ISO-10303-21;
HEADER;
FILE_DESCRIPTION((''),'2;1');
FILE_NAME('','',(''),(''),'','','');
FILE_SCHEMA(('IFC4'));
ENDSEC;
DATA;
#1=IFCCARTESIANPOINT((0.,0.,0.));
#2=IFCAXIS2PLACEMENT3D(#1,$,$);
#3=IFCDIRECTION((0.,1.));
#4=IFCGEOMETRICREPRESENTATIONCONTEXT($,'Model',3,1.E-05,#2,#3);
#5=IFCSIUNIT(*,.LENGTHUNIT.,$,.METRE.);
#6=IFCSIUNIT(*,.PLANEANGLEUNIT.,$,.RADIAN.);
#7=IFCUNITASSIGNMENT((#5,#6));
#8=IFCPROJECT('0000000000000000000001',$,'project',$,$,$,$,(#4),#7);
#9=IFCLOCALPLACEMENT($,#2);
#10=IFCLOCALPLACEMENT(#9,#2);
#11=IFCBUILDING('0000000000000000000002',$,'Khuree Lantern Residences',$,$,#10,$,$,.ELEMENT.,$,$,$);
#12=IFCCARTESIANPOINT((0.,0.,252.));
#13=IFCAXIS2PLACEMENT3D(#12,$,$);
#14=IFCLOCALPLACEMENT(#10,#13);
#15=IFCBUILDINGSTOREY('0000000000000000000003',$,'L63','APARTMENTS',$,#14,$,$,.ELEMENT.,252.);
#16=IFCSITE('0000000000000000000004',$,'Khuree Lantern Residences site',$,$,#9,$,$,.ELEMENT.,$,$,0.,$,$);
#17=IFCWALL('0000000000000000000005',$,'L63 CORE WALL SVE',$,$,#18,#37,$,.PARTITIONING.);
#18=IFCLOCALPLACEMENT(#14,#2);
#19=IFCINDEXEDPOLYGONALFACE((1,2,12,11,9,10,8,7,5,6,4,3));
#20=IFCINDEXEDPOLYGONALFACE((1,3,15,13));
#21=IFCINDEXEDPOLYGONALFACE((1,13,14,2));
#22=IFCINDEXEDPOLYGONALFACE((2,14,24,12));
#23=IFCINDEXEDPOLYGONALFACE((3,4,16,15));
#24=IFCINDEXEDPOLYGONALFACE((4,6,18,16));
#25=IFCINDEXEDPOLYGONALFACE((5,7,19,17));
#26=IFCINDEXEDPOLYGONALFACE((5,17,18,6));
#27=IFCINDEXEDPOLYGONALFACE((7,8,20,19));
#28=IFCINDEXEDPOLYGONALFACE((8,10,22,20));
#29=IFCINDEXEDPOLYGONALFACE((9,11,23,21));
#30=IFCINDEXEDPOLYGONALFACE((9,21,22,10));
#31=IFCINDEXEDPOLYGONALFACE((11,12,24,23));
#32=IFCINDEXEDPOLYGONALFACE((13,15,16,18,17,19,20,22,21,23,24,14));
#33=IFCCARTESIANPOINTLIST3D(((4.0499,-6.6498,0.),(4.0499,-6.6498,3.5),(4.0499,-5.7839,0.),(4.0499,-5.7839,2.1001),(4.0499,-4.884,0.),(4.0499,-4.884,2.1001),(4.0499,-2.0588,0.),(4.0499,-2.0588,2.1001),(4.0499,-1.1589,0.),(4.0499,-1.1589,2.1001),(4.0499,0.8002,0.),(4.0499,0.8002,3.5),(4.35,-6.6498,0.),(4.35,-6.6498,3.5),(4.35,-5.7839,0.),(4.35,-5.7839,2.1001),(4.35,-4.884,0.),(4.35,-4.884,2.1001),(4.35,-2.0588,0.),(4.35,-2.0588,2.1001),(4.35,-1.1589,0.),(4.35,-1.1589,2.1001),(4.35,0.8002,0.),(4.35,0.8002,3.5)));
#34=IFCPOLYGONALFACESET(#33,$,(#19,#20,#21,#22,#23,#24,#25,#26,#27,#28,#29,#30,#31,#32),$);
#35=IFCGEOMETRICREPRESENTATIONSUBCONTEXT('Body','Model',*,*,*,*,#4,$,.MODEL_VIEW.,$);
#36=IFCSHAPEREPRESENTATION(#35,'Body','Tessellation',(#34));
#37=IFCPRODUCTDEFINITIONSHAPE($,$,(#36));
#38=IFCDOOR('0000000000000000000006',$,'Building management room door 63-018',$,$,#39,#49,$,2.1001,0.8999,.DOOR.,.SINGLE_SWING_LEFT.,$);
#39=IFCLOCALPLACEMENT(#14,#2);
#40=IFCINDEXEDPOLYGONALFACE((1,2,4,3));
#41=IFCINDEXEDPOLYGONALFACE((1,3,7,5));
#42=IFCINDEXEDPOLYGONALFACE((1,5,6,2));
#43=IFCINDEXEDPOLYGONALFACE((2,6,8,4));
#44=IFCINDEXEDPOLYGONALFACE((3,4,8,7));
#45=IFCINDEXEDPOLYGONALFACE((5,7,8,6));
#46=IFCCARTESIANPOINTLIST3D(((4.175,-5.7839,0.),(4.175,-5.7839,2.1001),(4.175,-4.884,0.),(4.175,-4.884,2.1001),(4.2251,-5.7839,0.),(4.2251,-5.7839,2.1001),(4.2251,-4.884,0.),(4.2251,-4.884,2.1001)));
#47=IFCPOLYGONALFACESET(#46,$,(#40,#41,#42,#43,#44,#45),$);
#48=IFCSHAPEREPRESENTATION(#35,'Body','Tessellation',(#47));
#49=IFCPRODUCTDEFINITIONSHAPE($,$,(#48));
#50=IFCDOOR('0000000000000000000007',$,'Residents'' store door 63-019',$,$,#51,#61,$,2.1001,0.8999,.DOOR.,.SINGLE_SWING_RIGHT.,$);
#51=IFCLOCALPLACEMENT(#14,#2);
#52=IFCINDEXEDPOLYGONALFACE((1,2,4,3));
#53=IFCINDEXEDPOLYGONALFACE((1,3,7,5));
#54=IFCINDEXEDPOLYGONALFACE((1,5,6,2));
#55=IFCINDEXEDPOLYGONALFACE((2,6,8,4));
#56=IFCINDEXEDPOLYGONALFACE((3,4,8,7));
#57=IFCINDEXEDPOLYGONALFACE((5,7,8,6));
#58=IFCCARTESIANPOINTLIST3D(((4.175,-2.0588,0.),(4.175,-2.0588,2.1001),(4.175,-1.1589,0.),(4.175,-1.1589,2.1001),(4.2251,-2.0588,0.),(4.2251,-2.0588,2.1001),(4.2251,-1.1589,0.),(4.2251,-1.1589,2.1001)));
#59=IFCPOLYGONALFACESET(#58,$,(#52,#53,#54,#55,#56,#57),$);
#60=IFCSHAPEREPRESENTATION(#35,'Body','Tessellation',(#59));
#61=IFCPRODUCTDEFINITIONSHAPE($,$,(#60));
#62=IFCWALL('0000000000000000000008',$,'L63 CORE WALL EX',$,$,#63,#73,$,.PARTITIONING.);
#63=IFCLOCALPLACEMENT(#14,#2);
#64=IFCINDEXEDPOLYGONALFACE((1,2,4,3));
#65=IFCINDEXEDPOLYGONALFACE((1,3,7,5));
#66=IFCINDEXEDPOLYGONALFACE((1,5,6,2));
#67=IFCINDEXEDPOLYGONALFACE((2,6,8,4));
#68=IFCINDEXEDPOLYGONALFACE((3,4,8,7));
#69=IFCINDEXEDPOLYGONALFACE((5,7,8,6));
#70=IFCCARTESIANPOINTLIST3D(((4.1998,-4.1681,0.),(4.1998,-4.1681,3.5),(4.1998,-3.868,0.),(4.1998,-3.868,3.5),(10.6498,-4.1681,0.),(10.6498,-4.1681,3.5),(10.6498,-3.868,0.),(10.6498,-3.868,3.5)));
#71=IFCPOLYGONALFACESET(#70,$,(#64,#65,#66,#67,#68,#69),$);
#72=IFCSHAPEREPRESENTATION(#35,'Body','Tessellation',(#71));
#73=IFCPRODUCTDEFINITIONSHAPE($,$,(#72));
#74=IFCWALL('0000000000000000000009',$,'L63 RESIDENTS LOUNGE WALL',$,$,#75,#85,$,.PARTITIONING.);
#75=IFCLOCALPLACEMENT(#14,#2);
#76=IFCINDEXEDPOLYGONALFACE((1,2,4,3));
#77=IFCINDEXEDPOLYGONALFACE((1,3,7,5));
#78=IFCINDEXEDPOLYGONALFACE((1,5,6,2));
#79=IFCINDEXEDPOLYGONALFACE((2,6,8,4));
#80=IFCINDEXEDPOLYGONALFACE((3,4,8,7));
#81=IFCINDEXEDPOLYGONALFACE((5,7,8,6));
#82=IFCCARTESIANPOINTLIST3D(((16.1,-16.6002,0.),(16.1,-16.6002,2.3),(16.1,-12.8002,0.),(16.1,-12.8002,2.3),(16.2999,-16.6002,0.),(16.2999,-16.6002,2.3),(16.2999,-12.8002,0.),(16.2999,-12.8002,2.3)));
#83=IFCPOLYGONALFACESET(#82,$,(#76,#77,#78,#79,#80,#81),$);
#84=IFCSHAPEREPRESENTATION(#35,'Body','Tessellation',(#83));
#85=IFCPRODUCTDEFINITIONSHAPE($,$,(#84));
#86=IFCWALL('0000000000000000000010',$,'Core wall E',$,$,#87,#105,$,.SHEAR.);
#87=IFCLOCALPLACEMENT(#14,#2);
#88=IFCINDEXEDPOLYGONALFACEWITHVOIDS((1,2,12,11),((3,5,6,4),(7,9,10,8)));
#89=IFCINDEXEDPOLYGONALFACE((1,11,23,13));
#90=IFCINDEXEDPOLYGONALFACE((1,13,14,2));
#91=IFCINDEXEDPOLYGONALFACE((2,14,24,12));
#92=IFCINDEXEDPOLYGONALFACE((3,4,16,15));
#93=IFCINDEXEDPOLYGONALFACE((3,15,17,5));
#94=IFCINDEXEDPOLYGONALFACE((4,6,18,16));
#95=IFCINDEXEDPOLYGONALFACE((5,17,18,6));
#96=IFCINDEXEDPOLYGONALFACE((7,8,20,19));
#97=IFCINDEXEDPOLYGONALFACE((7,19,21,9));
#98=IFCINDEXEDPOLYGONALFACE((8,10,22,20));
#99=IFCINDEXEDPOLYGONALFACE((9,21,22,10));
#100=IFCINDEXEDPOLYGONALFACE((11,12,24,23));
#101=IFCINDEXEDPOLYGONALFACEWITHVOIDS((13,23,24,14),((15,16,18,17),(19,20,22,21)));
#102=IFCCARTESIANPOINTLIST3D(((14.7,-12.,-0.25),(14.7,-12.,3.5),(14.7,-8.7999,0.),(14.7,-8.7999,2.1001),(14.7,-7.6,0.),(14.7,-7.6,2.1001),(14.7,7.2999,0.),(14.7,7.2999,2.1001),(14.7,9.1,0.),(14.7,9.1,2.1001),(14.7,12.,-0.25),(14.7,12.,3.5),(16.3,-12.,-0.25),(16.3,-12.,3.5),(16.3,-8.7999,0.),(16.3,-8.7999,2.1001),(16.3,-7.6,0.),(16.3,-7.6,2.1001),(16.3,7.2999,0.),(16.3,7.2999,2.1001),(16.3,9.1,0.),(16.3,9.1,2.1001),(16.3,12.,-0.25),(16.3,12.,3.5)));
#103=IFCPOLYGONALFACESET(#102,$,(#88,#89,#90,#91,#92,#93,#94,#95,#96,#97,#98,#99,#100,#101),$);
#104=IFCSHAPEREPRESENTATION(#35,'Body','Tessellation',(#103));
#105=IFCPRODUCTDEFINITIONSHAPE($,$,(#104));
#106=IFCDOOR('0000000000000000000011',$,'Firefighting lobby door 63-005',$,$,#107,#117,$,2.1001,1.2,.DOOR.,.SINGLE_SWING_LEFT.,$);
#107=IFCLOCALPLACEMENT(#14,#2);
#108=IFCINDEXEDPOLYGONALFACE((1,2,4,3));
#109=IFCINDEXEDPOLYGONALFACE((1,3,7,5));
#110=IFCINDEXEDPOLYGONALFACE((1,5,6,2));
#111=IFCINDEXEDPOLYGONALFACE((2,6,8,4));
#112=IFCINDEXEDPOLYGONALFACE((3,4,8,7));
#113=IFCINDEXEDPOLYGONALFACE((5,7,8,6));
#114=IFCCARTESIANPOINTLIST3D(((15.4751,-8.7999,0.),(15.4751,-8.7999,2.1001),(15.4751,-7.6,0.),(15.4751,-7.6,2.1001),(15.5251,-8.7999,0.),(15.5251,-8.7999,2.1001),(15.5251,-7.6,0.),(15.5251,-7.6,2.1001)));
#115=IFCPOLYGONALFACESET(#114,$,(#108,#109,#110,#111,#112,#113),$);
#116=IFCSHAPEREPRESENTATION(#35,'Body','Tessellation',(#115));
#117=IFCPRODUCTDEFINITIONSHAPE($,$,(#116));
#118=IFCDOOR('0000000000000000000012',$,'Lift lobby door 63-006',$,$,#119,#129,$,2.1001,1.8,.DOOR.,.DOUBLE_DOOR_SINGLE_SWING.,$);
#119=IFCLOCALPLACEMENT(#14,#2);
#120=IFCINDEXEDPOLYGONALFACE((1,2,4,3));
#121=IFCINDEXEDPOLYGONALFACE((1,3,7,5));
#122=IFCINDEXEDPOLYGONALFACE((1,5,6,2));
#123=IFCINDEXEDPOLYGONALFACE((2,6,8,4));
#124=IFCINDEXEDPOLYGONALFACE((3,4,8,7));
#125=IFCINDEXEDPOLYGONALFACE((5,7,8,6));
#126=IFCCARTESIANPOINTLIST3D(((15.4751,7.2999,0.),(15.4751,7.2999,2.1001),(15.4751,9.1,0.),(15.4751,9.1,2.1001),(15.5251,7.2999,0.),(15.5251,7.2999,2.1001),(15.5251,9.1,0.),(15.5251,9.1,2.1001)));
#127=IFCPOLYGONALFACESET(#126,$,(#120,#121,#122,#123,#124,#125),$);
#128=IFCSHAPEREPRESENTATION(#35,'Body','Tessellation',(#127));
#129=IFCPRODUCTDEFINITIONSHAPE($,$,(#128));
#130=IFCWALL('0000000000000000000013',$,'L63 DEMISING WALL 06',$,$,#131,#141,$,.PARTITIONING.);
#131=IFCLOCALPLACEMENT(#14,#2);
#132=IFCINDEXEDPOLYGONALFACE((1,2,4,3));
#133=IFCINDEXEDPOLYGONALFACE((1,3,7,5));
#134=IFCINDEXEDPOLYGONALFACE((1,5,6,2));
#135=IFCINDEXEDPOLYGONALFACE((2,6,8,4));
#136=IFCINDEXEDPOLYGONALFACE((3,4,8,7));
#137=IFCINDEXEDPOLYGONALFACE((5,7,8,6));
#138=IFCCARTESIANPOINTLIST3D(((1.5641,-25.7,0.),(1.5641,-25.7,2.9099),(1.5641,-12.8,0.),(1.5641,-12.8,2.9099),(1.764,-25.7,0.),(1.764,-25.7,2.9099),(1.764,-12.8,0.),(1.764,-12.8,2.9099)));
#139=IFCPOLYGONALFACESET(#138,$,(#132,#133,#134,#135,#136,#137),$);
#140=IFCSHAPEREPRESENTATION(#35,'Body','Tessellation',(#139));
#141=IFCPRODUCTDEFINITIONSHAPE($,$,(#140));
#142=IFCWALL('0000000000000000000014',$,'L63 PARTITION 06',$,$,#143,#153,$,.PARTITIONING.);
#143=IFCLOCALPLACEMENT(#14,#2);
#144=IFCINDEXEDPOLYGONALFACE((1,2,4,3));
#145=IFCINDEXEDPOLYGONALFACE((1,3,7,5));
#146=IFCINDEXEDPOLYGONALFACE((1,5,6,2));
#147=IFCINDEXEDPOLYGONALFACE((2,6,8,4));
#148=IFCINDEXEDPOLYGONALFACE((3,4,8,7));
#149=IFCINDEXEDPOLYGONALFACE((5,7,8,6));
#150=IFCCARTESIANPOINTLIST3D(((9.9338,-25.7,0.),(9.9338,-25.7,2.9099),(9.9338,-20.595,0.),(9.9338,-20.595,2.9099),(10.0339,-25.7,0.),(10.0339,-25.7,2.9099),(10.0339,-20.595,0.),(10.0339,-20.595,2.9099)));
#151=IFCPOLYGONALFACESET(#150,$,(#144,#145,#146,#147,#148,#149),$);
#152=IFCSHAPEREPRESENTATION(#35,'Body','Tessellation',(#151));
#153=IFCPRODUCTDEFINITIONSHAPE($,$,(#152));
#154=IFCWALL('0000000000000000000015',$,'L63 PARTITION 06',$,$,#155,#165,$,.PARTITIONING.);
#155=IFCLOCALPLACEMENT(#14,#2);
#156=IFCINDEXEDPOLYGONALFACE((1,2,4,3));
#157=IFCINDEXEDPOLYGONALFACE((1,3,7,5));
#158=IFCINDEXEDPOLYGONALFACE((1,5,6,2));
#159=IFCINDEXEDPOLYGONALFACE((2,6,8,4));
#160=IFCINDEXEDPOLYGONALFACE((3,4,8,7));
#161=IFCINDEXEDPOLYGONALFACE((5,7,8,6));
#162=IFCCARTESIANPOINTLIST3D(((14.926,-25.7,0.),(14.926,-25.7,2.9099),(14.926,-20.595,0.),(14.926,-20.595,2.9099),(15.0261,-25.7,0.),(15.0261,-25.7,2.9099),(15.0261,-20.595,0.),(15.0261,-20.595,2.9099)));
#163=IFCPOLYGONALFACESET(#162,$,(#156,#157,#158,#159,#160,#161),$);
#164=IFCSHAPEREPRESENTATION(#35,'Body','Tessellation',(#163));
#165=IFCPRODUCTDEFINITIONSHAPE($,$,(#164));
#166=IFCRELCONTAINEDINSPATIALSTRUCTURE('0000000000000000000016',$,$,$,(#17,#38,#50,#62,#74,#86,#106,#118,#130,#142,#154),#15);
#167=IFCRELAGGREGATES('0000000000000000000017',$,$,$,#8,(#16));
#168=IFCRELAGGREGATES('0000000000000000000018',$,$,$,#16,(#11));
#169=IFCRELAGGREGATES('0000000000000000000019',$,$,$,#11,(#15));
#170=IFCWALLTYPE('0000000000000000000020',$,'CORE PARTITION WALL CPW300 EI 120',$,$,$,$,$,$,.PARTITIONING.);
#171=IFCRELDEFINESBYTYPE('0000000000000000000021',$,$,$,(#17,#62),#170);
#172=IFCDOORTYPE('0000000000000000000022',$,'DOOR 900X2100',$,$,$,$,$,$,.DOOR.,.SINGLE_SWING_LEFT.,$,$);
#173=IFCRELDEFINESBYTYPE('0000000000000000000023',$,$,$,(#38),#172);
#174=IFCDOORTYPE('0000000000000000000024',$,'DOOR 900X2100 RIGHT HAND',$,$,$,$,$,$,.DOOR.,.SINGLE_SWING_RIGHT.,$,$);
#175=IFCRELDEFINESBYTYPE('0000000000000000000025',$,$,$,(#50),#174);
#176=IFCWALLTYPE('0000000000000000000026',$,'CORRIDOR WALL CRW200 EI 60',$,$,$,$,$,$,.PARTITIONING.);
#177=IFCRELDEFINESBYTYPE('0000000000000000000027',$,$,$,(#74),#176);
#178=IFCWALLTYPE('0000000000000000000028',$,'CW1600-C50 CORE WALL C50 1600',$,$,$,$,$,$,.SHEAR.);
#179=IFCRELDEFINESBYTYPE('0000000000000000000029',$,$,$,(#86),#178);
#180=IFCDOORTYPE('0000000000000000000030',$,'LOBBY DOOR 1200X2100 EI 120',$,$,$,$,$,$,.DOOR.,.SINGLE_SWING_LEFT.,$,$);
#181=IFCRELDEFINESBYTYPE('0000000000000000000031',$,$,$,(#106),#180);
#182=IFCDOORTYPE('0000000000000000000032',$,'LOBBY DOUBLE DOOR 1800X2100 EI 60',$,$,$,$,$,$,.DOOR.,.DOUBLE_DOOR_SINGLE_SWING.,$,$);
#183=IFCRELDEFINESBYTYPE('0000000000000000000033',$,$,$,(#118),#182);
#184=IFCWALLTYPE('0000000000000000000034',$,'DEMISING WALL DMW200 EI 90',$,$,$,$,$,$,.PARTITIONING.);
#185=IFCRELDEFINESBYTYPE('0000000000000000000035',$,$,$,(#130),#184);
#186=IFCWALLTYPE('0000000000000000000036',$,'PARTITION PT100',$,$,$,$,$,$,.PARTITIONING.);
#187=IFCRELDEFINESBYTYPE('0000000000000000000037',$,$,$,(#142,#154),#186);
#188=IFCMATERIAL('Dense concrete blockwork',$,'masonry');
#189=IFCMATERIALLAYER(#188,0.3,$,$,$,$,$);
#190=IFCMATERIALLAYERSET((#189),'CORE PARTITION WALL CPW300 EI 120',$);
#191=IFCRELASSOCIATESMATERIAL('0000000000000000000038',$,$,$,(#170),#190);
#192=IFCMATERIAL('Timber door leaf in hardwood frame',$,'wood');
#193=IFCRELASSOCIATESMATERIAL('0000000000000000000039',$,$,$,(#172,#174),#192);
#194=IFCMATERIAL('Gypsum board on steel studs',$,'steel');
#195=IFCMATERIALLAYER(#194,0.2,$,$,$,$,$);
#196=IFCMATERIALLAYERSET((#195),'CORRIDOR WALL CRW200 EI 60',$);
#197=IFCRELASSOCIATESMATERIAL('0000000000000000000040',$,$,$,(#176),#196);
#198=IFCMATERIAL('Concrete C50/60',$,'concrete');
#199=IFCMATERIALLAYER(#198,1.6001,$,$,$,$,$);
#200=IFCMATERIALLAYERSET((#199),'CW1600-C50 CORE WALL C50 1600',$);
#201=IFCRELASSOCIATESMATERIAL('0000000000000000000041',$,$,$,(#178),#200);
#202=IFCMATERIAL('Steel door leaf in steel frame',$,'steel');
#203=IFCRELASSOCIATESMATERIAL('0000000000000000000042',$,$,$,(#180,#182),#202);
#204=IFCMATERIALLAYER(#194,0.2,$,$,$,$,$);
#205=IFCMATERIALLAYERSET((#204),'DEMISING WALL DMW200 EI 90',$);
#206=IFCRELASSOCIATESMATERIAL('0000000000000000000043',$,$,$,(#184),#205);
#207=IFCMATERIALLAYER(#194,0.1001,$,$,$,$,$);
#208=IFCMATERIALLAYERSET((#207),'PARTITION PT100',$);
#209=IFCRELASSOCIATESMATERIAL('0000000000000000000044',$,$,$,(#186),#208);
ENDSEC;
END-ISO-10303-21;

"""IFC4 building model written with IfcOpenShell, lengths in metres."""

from ifc_helpers import new_model, si_unit, direction, frame, frame_2d, origin, place, context, subcontext, project, spatial, rectangle, extrude, material, layer, layer_set, type_object, element, fill, save


model = new_model("IFC4")

# Units and contexts
model_context = context("Model", 3, precision=1e-05, world=origin(), true_north=direction((0.0, 1.0)))
body_context = subcontext(model_context, "Body", "Model", "MODEL_VIEW")
ifc_project = project(units=[si_unit("LENGTHUNIT", "METRE"), si_unit("PLANEANGLEUNIT", "RADIAN")], contexts=[model_context])

# Site, building, storey
site_placement = place(None, origin())
site = spatial("IfcSite", under=ifc_project, at=site_placement, Name="Khuree Lantern Residences site", CompositionType="ELEMENT", RefElevation=0.0)
building_placement = place(site_placement, origin())
building = spatial("IfcBuilding", under=site, at=building_placement, Name="Khuree Lantern Residences", CompositionType="ELEMENT")
storey_placement = place(building_placement, frame((0.0, 0.0, 252.0)))
storey = spatial("IfcBuildingStorey", under=building, at=storey_placement, Name="L63", Description="APARTMENTS", CompositionType="ELEMENT", Elevation=252.0)

# Shared definitions
ifc_material_1 = material(Name="Concrete C50/60", Category="concrete")

# Shared definitions
ifc_material_2 = material(Name="Timber door leaf in hardwood frame", Category="wood")

# Shared definitions
ifc_material_3 = material(Name="Dense concrete blockwork", Category="masonry")
ifc_layer_1 = layer(ifc_material_3, 0.3)
ifc_layer_set_1 = layer_set([ifc_layer_1], Name="CORE PARTITION WALL CPW300 EI 120")
wall_type_1 = type_object("IfcWallType", Name="CORE PARTITION WALL CPW300 EI 120", PredefinedType="PARTITIONING", material=ifc_layer_set_1)

# Wall, openings, doors
wall_1_placement = place(storey_placement, frame((4.2, -6.6499, 0.0), z_axis=(0.0, 0.0, 1.0), x_axis=(0.0, 1.0, 0.0)))
wall_1 = element("IfcWall", 1, at=wall_1_placement, inside=storey, type_object=wall_type_1, Name="L63 CORE WALL SVE", PredefinedType="PARTITIONING", context=body_context, shape_type="SweptSolid", body=[
    extrude(rectangle(XDim=7.45, YDim=0.3, at=frame_2d((3.7251, 0.0))), origin(), (0.0, 0.0, 1.0), 3.5),
])
opening_1_placement = place(wall_1_placement, frame((0.866, 0.0, 0.0)))
opening_1 = element("IfcOpeningElement", 2, at=opening_1_placement, cuts=wall_1, PredefinedType="OPENING", context=body_context, shape_type="SweptSolid", body=[
    extrude(rectangle(XDim=0.8999, YDim=2.1001, at=frame_2d((0.45, 1.05))), frame((0.0, 0.1602, 0.0), z_axis=(0.0, -1.0, 0.0), x_axis=(1.0, 0.0, 0.0)), (0.0, 0.0, 1.0), 0.3201),
])
opening_2_placement = place(wall_1_placement, frame((4.5911, 0.0, 0.0)))
opening_2 = element("IfcOpeningElement", 3, at=opening_2_placement, cuts=wall_1, PredefinedType="OPENING", context=body_context, shape_type="SweptSolid", body=[
    extrude(rectangle(XDim=0.8999, YDim=2.1001, at=frame_2d((0.45, 1.05))), frame((0.0, 0.1602, 0.0), z_axis=(0.0, -1.0, 0.0), x_axis=(1.0, 0.0, 0.0)), (0.0, 0.0, 1.0), 0.3201),
])
door_type_1 = type_object("IfcDoorType", Name="DOOR 900X2100", OperationType="SINGLE_SWING_LEFT", PredefinedType="DOOR", material=ifc_material_2)
door_1_placement = place(opening_1_placement, origin())
door_1 = element("IfcDoor", 4, at=door_1_placement, inside=storey, type_object=door_type_1, Name="Building management room door 63-018", OperationType="SINGLE_SWING_LEFT", OverallHeight=2.1001, OverallWidth=0.8999, PredefinedType="DOOR", context=body_context, shape_type="SweptSolid", body=[
    extrude(rectangle(XDim=0.8999, YDim=2.1001, at=frame_2d((0.45, 1.05))), frame((0.0, 0.0249, 0.0), z_axis=(0.0, -1.0, 0.0), x_axis=(1.0, 0.0, 0.0)), (0.0, 0.0, 1.0), 0.05),
])
fill(opening_1, door_1)
door_type_2 = type_object("IfcDoorType", Name="DOOR 900X2100 RIGHT HAND", OperationType="SINGLE_SWING_RIGHT", PredefinedType="DOOR", material=ifc_material_2)
door_2_placement = place(opening_2_placement, origin())
door_2 = element("IfcDoor", 5, at=door_2_placement, inside=storey, type_object=door_type_2, Name="Residents' store door 63-019", OperationType="SINGLE_SWING_RIGHT", OverallHeight=2.1001, OverallWidth=0.8999, PredefinedType="DOOR", context=body_context, shape_type="SweptSolid", body=[
    extrude(rectangle(XDim=0.8999, YDim=2.1001, at=frame_2d((0.45, 1.05))), frame((0.0, 0.0249, 0.0), z_axis=(0.0, -1.0, 0.0), x_axis=(1.0, 0.0, 0.0)), (0.0, 0.0, 1.0), 0.05),
])
fill(opening_2, door_2)

# Walls
wall_2_placement = place(storey_placement, frame((10.6499, -4.0181, 0.0), z_axis=(0.0, 0.0, 1.0), x_axis=(-1.0, 0.0, 0.0)))
element("IfcWall", 6, at=wall_2_placement, inside=storey, type_object=wall_type_1, Name="L63 CORE WALL EX", PredefinedType="PARTITIONING", context=body_context, shape_type="SweptSolid", body=[
    extrude(rectangle(XDim=6.45, YDim=0.3, at=frame_2d((3.2251, 0.0))), origin(), (0.0, 0.0, 1.0), 3.5),
])
ifc_material_4 = material(Name="Gypsum board on steel studs", Category="steel")
ifc_layer_2 = layer(ifc_material_4, 0.2)
ifc_layer_set_2 = layer_set([ifc_layer_2], Name="CORRIDOR WALL CRW200 EI 60")
wall_type_2 = type_object("IfcWallType", Name="CORRIDOR WALL CRW200 EI 60", PredefinedType="PARTITIONING", material=ifc_layer_set_2)
wall_3_placement = place(storey_placement, frame((16.2, -16.6001, 0.0), z_axis=(0.0, 0.0, 1.0), x_axis=(0.0, 1.0, 0.0)))
element("IfcWall", 7, at=wall_3_placement, inside=storey, type_object=wall_type_2, Name="L63 RESIDENTS LOUNGE WALL", PredefinedType="PARTITIONING", context=body_context, shape_type="SweptSolid", body=[
    extrude(rectangle(XDim=3.8, YDim=0.2, at=frame_2d((1.8999, 0.0))), origin(), (0.0, 0.0, 1.0), 2.3),
])

# Wall, openings, doors
ifc_layer_3 = layer(ifc_material_1, 1.6001)
ifc_layer_set_3 = layer_set([ifc_layer_3], Name="CW1600-C50 CORE WALL C50 1600")
wall_type_3 = type_object("IfcWallType", Name="CW1600-C50 CORE WALL C50 1600", PredefinedType="SHEAR", material=ifc_layer_set_3)
wall_4_placement = place(storey_placement, frame((15.5, -12.0, -0.25), z_axis=(0.0, 0.0, 1.0), x_axis=(0.0, 1.0, 0.0)))
wall_4 = element("IfcWall", 8, at=wall_4_placement, inside=storey, type_object=wall_type_3, Name="Core wall E", PredefinedType="SHEAR", context=body_context, shape_type="SweptSolid", body=[
    extrude(rectangle(XDim=24.0, YDim=1.6001, at=frame_2d((12.0, 0.0))), origin(), (0.0, 0.0, 1.0), 3.75),
])
opening_3_placement = place(wall_4_placement, frame((3.2, 0.0, 0.25)))
opening_3 = element("IfcOpeningElement", 9, at=opening_3_placement, cuts=wall_4, PredefinedType="OPENING", context=body_context, shape_type="SweptSolid", body=[
    extrude(rectangle(XDim=1.2, YDim=2.1001, at=frame_2d((0.6001, 1.05))), frame((0.0, 0.8101, 0.0), z_axis=(0.0, -1.0, 0.0), x_axis=(1.0, 0.0, 0.0)), (0.0, 0.0, 1.0), 1.6201),
])
opening_4_placement = place(wall_4_placement, frame((19.3, 0.0, 0.25)))
opening_4 = element("IfcOpeningElement", 10, at=opening_4_placement, cuts=wall_4, PredefinedType="OPENING", context=body_context, shape_type="SweptSolid", body=[
    extrude(rectangle(XDim=1.8, YDim=2.1001, at=frame_2d((0.8999, 1.05))), frame((0.0, 0.8101, 0.0), z_axis=(0.0, -1.0, 0.0), x_axis=(1.0, 0.0, 0.0)), (0.0, 0.0, 1.0), 1.6201),
])
ifc_material_5 = material(Name="Steel door leaf in steel frame", Category="steel")
door_type_3 = type_object("IfcDoorType", Name="LOBBY DOOR 1200X2100 EI 120", OperationType="SINGLE_SWING_LEFT", PredefinedType="DOOR", material=ifc_material_5)
door_3_placement = place(opening_3_placement, origin())
door_3 = element("IfcDoor", 11, at=door_3_placement, inside=storey, type_object=door_type_3, Name="Firefighting lobby door 63-005", OperationType="SINGLE_SWING_LEFT", OverallHeight=2.1001, OverallWidth=1.2, PredefinedType="DOOR", context=body_context, shape_type="SweptSolid", body=[
    extrude(rectangle(XDim=1.2, YDim=2.1001, at=frame_2d((0.6001, 1.05))), frame((0.0, 0.0249, 0.0), z_axis=(0.0, -1.0, 0.0), x_axis=(1.0, 0.0, 0.0)), (0.0, 0.0, 1.0), 0.05),
])
fill(opening_3, door_3)
door_type_4 = type_object("IfcDoorType", Name="LOBBY DOUBLE DOOR 1800X2100 EI 60", OperationType="DOUBLE_DOOR_SINGLE_SWING", PredefinedType="DOOR", material=ifc_material_5)
door_4_placement = place(opening_4_placement, origin())
door_4 = element("IfcDoor", 12, at=door_4_placement, inside=storey, type_object=door_type_4, Name="Lift lobby door 63-006", OperationType="DOUBLE_DOOR_SINGLE_SWING", OverallHeight=2.1001, OverallWidth=1.8, PredefinedType="DOOR", context=body_context, shape_type="SweptSolid", body=[
    extrude(rectangle(XDim=1.8, YDim=2.1001, at=frame_2d((0.8999, 1.05))), frame((0.0, 0.0249, 0.0), z_axis=(0.0, -1.0, 0.0), x_axis=(1.0, 0.0, 0.0)), (0.0, 0.0, 1.0), 0.05),
])
fill(opening_4, door_4)

# Walls
ifc_layer_4 = layer(ifc_material_4, 0.2)
ifc_layer_set_4 = layer_set([ifc_layer_4], Name="DEMISING WALL DMW200 EI 90")
wall_type_4 = type_object("IfcWallType", Name="DEMISING WALL DMW200 EI 90", PredefinedType="PARTITIONING", material=ifc_layer_set_4)
wall_5_placement = place(storey_placement, frame((1.6641, -12.8, 0.0), z_axis=(0.0, 0.0, 1.0), x_axis=(0.0, -1.0, 0.0)))
element("IfcWall", 13, at=wall_5_placement, inside=storey, type_object=wall_type_4, Name="L63 DEMISING WALL 06", PredefinedType="PARTITIONING", context=body_context, shape_type="SweptSolid", body=[
    extrude(rectangle(XDim=12.8999, YDim=0.2, at=frame_2d((6.45, 0.0))), origin(), (0.0, 0.0, 1.0), 2.9099),
])
ifc_layer_5 = layer(ifc_material_4, 0.1001)
ifc_layer_set_5 = layer_set([ifc_layer_5], Name="PARTITION PT100")
wall_type_5 = type_object("IfcWallType", Name="PARTITION PT100", PredefinedType="PARTITIONING", material=ifc_layer_set_5)
for number, where, z_axis, x_axis, name in (
    (14, (9.9839, -20.595, 0.0), (0.0, 0.0, 1.0), (0.0, -1.0, 0.0), "L63 PARTITION 06"),
    (15, (14.9761, -20.595, 0.0), (0.0, 0.0, 1.0), (0.0, -1.0, 0.0), "L63 PARTITION 06"),
):
    element("IfcWall", number, at=place(storey_placement, frame(where, z_axis=z_axis, x_axis=x_axis)), inside=storey, type_object=wall_type_5, Name=name, PredefinedType="PARTITIONING", context=body_context, shape_type="SweptSolid", body=[
        extrude(rectangle(XDim=5.105, YDim=0.1001, at=frame_2d((2.5525, 0.0))), origin(), (0.0, 0.0, 1.0), 2.9099),
    ])

save(model, "model.ifc")
